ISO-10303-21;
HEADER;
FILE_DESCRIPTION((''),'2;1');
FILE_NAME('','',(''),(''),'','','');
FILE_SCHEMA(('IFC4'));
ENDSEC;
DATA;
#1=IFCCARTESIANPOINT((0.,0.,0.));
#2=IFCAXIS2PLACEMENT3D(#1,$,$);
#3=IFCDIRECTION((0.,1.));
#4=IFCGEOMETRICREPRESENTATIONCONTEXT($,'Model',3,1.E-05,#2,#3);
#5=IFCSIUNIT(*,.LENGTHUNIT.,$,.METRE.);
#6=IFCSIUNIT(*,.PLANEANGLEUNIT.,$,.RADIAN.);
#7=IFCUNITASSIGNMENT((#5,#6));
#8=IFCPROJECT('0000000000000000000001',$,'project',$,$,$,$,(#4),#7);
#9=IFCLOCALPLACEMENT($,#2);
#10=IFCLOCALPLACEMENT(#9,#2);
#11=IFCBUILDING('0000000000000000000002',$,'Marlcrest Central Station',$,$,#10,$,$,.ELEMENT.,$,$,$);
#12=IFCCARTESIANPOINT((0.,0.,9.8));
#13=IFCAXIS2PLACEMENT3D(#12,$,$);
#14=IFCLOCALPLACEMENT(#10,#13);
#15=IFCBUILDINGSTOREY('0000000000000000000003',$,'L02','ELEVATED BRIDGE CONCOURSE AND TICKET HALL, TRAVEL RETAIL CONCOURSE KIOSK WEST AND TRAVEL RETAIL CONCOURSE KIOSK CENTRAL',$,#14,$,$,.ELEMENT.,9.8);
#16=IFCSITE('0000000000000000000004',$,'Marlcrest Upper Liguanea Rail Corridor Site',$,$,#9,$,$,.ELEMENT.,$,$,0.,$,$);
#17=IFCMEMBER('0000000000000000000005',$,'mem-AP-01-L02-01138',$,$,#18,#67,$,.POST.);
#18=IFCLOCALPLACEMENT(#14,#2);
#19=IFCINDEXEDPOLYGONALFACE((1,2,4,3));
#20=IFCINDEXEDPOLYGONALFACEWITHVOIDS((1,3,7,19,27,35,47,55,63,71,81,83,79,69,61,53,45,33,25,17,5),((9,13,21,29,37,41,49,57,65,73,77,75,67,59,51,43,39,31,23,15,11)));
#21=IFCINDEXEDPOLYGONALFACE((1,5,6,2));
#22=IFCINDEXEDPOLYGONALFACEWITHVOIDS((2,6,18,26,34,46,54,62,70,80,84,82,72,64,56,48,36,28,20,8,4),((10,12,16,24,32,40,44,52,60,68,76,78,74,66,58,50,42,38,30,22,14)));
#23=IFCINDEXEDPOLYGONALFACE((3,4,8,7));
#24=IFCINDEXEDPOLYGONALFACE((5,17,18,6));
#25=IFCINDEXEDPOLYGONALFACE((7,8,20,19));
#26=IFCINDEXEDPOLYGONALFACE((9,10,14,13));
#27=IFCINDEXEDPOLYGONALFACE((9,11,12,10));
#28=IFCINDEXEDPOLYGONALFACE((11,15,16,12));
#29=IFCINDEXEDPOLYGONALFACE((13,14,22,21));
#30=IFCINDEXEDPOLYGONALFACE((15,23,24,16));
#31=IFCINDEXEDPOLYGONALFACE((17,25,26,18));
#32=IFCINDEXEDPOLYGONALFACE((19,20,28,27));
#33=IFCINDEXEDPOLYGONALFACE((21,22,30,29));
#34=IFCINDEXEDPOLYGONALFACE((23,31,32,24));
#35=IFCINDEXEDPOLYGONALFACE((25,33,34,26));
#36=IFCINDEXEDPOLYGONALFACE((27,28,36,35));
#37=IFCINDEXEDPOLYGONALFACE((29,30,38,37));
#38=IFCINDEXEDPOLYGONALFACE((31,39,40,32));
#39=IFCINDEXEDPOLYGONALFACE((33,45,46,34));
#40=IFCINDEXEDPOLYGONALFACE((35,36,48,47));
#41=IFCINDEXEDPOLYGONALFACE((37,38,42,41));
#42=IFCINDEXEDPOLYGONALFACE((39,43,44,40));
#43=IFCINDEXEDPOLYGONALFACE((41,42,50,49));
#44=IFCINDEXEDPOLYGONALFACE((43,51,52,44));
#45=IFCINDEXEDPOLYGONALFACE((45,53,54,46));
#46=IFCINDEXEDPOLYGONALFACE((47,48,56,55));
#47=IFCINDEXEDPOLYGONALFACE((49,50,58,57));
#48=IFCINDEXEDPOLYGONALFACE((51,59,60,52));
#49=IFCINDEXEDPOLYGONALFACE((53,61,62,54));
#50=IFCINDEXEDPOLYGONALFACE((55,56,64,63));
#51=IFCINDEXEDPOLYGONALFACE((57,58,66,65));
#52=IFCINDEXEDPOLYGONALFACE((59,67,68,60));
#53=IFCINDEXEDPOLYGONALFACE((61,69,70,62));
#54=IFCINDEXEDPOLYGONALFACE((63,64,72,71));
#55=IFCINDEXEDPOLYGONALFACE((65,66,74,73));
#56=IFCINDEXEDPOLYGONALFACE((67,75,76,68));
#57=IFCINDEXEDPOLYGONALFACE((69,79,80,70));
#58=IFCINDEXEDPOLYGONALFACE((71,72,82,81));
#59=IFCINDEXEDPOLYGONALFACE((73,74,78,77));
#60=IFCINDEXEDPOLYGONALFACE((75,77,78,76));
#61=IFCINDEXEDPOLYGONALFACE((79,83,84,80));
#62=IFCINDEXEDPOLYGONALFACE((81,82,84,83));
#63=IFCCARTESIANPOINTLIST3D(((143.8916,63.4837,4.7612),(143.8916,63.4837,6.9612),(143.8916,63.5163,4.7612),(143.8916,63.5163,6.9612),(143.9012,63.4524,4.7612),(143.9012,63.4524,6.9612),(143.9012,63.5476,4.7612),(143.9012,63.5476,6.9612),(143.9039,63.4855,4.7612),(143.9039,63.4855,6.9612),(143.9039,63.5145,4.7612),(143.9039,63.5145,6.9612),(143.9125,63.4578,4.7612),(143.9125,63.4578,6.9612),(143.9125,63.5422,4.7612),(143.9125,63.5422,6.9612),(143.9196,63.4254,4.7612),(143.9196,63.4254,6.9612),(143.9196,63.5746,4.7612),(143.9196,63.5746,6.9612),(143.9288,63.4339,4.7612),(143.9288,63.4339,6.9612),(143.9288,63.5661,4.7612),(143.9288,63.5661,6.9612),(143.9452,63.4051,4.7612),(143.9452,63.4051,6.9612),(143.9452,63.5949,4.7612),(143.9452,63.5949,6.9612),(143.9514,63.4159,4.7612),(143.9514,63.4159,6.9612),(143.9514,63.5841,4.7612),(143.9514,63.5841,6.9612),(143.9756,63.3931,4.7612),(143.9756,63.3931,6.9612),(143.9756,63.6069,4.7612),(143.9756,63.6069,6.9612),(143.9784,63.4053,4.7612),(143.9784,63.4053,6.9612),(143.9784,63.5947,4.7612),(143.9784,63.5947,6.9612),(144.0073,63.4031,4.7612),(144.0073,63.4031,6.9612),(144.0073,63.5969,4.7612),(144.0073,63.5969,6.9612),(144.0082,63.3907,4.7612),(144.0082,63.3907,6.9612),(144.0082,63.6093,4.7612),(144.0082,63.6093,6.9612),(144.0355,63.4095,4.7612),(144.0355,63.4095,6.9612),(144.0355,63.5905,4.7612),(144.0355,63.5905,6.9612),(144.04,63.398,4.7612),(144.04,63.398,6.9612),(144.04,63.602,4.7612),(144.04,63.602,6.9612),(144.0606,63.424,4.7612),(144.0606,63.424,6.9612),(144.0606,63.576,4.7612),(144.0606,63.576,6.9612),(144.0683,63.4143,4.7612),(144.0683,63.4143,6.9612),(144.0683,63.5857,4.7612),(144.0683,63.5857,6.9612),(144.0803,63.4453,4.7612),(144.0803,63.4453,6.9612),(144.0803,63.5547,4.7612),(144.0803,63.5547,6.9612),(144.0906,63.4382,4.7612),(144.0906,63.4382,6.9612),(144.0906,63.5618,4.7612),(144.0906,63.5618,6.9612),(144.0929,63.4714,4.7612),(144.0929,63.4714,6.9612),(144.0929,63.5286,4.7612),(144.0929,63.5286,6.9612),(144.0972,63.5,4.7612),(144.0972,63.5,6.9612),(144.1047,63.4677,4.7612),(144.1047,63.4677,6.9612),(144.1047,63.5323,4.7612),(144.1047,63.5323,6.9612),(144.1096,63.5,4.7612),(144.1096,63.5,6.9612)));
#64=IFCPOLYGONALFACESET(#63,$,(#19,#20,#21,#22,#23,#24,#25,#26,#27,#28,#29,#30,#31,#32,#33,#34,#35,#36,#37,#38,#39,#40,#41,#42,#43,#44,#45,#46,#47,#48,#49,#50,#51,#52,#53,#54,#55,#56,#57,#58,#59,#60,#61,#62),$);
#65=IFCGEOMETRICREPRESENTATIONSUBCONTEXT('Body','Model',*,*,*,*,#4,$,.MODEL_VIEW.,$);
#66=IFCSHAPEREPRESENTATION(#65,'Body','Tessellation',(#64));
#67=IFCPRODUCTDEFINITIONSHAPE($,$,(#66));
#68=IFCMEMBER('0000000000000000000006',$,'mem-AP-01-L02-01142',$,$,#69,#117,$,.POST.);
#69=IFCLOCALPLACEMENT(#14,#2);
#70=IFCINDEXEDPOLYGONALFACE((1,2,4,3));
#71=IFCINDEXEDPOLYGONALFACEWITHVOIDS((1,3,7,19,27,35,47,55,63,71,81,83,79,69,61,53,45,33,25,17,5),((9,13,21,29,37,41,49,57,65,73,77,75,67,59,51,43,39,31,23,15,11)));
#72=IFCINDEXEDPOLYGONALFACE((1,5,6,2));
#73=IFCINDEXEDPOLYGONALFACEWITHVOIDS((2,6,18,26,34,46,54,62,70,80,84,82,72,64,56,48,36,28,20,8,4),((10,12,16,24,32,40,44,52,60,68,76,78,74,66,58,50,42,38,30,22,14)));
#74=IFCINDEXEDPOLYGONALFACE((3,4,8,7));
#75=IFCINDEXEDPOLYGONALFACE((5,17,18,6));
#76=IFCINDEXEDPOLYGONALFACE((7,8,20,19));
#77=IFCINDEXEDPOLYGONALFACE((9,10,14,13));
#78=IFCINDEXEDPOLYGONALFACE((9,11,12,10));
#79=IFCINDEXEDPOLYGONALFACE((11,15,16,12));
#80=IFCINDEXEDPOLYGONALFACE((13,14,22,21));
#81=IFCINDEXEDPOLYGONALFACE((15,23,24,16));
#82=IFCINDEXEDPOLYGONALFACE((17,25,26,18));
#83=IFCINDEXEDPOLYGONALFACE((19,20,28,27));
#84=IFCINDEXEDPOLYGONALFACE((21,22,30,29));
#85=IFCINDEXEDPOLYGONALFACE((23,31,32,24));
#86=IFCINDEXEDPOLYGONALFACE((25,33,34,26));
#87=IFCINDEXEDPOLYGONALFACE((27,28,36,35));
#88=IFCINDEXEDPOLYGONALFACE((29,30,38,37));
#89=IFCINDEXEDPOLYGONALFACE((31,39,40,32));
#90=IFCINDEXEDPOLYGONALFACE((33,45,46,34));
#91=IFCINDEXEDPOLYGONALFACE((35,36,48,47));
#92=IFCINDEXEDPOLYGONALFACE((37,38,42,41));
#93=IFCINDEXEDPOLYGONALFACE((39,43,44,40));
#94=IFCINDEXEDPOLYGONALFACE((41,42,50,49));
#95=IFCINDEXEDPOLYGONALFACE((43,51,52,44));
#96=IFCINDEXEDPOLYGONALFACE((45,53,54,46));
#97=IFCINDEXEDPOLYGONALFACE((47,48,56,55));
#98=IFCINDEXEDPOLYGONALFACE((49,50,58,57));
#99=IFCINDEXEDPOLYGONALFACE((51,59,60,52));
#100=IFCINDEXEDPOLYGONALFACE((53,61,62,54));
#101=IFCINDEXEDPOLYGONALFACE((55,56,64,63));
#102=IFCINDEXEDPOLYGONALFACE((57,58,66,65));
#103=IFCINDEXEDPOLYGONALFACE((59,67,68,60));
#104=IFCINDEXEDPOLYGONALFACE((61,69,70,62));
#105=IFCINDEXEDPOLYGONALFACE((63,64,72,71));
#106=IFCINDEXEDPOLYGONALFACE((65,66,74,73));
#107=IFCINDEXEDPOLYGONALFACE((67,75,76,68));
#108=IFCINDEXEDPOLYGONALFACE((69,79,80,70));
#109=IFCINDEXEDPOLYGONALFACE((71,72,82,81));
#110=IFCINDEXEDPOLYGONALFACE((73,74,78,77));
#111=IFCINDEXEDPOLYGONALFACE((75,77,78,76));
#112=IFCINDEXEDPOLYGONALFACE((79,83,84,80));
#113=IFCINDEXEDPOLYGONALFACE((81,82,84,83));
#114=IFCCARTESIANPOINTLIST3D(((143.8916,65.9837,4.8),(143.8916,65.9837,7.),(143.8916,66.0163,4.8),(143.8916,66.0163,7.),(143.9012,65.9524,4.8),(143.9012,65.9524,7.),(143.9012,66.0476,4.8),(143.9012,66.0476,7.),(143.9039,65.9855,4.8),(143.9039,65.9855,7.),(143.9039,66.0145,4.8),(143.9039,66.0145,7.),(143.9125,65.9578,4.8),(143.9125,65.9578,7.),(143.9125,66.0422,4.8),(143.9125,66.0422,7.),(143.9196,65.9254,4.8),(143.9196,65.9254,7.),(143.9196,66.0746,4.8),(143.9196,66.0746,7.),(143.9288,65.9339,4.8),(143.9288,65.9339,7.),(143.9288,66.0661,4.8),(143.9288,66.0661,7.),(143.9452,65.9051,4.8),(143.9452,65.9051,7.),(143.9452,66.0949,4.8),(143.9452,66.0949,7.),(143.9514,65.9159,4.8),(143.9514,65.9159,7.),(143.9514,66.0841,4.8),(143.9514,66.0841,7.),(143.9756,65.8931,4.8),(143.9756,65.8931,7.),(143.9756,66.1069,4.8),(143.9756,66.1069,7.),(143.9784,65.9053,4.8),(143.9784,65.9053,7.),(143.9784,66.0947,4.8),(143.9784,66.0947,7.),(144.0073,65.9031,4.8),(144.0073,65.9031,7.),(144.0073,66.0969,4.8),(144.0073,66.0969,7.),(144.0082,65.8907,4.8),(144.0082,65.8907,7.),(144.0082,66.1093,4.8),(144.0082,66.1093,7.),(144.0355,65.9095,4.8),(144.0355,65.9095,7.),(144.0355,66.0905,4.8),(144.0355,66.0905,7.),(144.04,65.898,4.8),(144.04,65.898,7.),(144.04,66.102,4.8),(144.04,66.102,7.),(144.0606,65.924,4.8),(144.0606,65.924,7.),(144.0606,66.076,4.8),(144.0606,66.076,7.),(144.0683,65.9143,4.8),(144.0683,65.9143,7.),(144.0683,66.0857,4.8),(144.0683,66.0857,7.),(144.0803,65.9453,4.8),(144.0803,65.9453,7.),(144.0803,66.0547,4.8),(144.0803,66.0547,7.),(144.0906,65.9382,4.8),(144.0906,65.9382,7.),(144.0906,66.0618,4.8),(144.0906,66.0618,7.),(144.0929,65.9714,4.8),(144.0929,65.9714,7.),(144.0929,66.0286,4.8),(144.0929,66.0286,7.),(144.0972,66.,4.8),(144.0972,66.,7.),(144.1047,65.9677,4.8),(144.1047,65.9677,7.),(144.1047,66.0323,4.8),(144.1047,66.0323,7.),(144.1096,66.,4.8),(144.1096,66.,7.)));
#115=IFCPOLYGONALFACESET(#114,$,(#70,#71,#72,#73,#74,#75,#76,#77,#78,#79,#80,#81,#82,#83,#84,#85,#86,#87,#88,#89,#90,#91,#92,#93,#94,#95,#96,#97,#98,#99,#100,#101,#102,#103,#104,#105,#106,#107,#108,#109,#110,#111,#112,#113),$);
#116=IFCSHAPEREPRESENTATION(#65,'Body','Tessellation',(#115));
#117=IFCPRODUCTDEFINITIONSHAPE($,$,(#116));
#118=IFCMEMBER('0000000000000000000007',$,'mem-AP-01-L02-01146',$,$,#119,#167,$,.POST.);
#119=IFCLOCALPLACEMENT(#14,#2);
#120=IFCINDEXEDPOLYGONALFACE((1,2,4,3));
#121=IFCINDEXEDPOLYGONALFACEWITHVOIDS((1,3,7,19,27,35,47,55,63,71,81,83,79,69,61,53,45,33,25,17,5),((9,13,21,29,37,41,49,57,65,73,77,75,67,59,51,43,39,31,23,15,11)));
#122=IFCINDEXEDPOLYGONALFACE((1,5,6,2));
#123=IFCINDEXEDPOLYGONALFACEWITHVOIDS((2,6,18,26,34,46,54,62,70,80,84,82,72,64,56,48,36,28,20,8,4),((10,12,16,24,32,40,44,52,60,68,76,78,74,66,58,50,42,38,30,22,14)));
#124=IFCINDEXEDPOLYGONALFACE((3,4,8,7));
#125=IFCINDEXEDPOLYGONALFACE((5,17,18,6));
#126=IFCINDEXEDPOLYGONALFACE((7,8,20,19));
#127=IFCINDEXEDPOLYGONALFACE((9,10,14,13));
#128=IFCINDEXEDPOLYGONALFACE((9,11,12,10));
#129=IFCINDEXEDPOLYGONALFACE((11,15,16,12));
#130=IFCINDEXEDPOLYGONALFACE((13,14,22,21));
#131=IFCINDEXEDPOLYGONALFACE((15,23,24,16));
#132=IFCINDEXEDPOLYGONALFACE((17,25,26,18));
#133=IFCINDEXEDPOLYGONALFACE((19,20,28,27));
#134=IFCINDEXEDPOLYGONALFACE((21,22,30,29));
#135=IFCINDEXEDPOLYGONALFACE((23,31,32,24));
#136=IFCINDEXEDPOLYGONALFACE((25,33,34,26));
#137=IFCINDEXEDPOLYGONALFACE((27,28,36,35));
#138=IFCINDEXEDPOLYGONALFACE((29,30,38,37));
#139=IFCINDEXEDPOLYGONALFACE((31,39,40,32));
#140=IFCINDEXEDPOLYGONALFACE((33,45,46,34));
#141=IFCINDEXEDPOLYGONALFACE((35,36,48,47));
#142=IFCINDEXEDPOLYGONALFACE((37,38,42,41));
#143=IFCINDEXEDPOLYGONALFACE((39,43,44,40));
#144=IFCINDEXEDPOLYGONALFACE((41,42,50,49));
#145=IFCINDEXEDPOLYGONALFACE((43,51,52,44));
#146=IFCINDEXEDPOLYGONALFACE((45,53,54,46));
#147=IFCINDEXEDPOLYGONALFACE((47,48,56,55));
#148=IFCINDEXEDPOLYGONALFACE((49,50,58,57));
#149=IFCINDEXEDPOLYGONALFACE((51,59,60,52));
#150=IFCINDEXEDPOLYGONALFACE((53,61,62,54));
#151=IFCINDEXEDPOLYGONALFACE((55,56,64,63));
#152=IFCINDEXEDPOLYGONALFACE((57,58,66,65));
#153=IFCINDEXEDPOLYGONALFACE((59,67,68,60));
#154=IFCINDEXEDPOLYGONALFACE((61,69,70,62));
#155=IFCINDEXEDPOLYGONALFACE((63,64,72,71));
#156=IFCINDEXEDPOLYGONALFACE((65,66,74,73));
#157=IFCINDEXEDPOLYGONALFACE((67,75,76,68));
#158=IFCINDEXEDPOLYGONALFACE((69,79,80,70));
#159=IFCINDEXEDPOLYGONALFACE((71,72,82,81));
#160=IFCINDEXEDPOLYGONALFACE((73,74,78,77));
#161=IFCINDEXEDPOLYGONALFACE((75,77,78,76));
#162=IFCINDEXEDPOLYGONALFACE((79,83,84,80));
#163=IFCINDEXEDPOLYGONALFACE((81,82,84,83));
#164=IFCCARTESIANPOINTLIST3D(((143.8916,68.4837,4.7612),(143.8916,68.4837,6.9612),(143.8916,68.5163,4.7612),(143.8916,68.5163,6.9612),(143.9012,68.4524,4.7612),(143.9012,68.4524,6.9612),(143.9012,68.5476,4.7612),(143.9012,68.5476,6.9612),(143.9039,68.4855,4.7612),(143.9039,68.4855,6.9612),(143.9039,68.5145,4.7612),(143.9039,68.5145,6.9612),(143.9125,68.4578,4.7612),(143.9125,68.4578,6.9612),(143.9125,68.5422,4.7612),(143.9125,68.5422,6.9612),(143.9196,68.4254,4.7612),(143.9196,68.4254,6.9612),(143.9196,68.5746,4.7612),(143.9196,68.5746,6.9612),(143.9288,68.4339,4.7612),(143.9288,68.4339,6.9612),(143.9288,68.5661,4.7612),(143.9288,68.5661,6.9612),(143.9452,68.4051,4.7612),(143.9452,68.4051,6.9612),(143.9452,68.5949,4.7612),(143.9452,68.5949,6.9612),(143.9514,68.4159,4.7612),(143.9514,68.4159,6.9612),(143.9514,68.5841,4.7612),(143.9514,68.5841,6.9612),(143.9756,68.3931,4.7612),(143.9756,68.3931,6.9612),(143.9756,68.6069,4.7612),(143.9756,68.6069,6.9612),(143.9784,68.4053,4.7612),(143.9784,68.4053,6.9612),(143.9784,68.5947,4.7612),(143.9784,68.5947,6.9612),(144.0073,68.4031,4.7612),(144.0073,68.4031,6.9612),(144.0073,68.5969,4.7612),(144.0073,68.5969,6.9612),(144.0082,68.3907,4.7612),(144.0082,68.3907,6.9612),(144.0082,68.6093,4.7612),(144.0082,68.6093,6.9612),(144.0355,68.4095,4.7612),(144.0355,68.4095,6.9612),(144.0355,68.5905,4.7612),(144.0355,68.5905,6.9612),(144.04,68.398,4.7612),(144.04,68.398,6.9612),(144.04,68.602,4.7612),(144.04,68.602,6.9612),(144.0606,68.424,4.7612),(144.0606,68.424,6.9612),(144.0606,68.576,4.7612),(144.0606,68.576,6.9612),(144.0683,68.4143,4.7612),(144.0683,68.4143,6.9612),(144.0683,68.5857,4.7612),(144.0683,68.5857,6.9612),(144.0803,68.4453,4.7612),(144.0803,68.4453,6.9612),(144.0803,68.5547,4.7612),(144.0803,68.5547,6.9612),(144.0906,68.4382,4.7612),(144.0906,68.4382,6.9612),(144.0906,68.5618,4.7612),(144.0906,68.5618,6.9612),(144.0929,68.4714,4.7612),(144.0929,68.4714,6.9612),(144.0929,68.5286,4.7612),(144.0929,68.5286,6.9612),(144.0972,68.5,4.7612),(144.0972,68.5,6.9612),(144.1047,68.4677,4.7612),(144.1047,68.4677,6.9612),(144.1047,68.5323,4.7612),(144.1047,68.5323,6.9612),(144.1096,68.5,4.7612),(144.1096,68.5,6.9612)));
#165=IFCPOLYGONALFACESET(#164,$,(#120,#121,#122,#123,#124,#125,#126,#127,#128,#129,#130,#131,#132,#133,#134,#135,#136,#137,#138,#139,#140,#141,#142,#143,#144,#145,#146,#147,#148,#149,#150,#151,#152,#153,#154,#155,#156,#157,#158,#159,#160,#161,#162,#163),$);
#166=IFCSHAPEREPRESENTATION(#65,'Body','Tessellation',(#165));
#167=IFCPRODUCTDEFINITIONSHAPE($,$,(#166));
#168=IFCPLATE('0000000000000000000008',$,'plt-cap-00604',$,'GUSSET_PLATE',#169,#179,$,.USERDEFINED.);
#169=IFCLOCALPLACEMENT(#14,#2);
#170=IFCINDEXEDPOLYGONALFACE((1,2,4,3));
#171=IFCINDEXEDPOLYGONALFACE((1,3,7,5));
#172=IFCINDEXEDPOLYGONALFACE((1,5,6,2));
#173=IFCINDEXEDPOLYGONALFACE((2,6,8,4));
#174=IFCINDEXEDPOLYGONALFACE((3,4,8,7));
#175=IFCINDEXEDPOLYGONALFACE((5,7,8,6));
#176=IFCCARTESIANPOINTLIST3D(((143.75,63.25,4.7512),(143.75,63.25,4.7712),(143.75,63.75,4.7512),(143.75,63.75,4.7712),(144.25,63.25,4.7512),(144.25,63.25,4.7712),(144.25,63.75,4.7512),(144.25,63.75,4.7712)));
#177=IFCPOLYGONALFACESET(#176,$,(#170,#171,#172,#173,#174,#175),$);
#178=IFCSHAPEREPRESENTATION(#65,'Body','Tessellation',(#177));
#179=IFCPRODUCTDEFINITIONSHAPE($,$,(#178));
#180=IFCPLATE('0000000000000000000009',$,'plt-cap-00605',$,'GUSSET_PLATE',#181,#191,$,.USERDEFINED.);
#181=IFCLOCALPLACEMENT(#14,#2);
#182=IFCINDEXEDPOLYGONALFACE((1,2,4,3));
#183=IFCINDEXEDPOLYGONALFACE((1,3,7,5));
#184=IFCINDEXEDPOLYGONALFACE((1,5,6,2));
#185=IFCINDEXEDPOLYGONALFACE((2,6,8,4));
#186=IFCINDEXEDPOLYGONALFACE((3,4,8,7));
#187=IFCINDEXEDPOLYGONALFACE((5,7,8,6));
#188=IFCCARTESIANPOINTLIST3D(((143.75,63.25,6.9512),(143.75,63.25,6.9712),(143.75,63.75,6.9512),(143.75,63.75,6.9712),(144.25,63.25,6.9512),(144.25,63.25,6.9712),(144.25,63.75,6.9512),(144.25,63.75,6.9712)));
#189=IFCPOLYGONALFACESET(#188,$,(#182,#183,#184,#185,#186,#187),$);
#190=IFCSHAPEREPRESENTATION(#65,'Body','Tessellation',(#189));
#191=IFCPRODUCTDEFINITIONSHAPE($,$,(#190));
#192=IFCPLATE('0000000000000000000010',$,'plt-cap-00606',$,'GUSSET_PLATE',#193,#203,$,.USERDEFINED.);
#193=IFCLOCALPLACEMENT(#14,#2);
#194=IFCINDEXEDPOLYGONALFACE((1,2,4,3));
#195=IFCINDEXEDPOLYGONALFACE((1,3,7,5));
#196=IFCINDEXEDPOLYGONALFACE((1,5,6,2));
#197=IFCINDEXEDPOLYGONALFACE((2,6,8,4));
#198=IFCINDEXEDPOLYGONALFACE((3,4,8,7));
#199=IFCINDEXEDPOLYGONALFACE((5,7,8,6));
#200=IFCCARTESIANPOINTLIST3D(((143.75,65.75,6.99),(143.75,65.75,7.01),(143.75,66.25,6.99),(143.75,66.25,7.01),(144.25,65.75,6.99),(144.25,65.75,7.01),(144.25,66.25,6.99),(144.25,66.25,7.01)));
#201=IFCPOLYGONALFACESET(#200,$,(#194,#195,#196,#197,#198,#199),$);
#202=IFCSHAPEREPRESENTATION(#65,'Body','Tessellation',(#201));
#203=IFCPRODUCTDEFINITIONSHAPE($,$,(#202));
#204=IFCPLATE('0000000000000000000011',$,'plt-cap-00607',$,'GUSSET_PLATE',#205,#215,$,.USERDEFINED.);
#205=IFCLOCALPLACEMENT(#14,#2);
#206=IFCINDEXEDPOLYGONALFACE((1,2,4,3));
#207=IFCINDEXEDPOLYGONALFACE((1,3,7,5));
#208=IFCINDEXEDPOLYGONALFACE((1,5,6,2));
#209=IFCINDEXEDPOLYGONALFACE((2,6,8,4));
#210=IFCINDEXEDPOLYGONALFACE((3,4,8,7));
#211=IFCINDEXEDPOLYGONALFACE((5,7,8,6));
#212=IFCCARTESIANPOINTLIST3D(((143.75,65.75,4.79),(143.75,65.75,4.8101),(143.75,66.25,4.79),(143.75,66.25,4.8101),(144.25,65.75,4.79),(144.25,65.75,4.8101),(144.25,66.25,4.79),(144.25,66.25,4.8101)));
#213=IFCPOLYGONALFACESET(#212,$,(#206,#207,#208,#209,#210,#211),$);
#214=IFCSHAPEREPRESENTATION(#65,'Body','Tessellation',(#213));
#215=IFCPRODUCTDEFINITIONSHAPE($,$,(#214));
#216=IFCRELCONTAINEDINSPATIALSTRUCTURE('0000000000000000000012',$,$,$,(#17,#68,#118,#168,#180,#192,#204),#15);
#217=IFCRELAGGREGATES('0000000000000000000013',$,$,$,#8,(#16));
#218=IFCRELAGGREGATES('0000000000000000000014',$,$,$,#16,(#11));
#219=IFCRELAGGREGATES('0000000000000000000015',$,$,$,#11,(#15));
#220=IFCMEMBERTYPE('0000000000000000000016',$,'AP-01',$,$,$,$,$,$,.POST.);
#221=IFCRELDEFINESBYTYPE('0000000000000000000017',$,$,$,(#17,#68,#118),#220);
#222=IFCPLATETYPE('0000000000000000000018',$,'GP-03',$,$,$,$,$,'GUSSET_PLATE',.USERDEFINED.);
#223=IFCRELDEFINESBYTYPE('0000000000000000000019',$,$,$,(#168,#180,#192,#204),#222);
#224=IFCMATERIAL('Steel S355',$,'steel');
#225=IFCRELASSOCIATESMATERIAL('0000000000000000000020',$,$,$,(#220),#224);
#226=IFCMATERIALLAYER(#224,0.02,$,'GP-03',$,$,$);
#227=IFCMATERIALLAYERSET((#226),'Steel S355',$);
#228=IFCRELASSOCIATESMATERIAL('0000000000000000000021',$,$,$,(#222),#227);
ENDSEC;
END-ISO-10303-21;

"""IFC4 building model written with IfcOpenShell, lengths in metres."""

from ifc_helpers import new_model, si_unit, direction, frame, origin, origin_2d, place, context, subcontext, project, spatial, rectangle, hollow_circle, extrude, material, layer, layer_set, material_profile, profile_set, type_object, element, save


model = new_model("IFC4")

# Units and contexts
model_context = context("Model", 3, precision=1e-05, world=origin(), true_north=direction((0.0, 1.0)))
body_context = subcontext(model_context, "Body", "Model", "MODEL_VIEW")
ifc_project = project(units=[si_unit("LENGTHUNIT", "METRE"), si_unit("PLANEANGLEUNIT", "RADIAN")], contexts=[model_context])

# Site, building, storey
site_placement = place(None, origin())
site = spatial("IfcSite", under=ifc_project, at=site_placement, Name="Marlcrest Upper Liguanea Rail Corridor Site", CompositionType="ELEMENT", RefElevation=0.0)
building_placement = place(site_placement, origin())
building = spatial("IfcBuilding", under=site, at=building_placement, Name="Marlcrest Central Station", CompositionType="ELEMENT")
storey_placement = place(building_placement, frame((0.0, 0.0, 9.8)))
storey = spatial("IfcBuildingStorey", under=building, at=storey_placement, Name="L02", Description="ELEVATED BRIDGE CONCOURSE AND TICKET HALL, TRAVEL RETAIL CONCOURSE KIOSK WEST AND TRAVEL RETAIL CONCOURSE KIOSK CENTRAL", CompositionType="ELEMENT", Elevation=9.8)

# Members
ifc_material_1 = material(Name="Steel S355", Category="steel")
ifc_material_profile_1 = material_profile(ifc_material_1, hollow_circle(Radius=0.1096, WallThickness=0.0125, at=origin_2d()), Name="CHS 219.1x12.5")
ifc_profile_set_1 = profile_set([ifc_material_profile_1], Name="Steel S355")
member_type_1 = type_object("IfcMemberType", Name="AP-01", PredefinedType="POST", material=ifc_profile_set_1)
for number, where, z_axis, x_axis, name in (
    (1, (144.0, 63.5, 4.7612), (0.0, 0.0, 1.0), (1.0, 0.0, 0.0), "mem-AP-01-L02-01138"),
    (2, (144.0, 66.0, 4.8), (0.0, 0.0, 1.0), (1.0, 0.0, 0.0), "mem-AP-01-L02-01142"),
    (3, (144.0, 68.5, 4.7612), (0.0, 0.0, 1.0), (1.0, 0.0, 0.0), "mem-AP-01-L02-01146"),
):
    element("IfcMember", number, at=place(storey_placement, frame(where, z_axis=z_axis, x_axis=x_axis)), inside=storey, type_object=member_type_1, Name=name, PredefinedType="POST", context=body_context, shape_type="SweptSolid", body=[
        extrude(hollow_circle(Radius=0.1096, WallThickness=0.0125, at=origin_2d()), origin(), (0.0, 0.0, 1.0), 2.2),
    ])

# Plates
ifc_layer = layer(ifc_material_1, 0.02, Name="GP-03")
ifc_layer_set = layer_set([ifc_layer], Name="Steel S355")
plate_type = type_object("IfcPlateType", Name="GP-03", ElementType="GUSSET_PLATE", PredefinedType="USERDEFINED", material=ifc_layer_set)
for number, where, z_axis, x_axis, name in (
    (4, (144.0, 63.5, 4.7512), (0.0, 0.0, 1.0), (1.0, 0.0, 0.0), "plt-cap-00604"),
    (5, (144.0, 63.5, 6.9512), (0.0, 0.0, 1.0), (1.0, 0.0, 0.0), "plt-cap-00605"),
    (6, (144.0, 66.0, 6.99), (0.0, 0.0, 1.0), (1.0, 0.0, 0.0), "plt-cap-00606"),
    (7, (144.0, 66.0, 4.79), (0.0, 0.0, 1.0), (1.0, 0.0, 0.0), "plt-cap-00607"),
):
    element("IfcPlate", number, at=place(storey_placement, frame(where, z_axis=z_axis, x_axis=x_axis)), inside=storey, type_object=plate_type, Name=name, ObjectType="GUSSET_PLATE", PredefinedType="USERDEFINED", context=body_context, shape_type="SweptSolid", body=[
        extrude(rectangle(XDim=0.5, YDim=0.5, at=origin_2d()), origin(), (0.0, 0.0, 1.0), 0.02),
    ])

save(model, "model.ifc")
